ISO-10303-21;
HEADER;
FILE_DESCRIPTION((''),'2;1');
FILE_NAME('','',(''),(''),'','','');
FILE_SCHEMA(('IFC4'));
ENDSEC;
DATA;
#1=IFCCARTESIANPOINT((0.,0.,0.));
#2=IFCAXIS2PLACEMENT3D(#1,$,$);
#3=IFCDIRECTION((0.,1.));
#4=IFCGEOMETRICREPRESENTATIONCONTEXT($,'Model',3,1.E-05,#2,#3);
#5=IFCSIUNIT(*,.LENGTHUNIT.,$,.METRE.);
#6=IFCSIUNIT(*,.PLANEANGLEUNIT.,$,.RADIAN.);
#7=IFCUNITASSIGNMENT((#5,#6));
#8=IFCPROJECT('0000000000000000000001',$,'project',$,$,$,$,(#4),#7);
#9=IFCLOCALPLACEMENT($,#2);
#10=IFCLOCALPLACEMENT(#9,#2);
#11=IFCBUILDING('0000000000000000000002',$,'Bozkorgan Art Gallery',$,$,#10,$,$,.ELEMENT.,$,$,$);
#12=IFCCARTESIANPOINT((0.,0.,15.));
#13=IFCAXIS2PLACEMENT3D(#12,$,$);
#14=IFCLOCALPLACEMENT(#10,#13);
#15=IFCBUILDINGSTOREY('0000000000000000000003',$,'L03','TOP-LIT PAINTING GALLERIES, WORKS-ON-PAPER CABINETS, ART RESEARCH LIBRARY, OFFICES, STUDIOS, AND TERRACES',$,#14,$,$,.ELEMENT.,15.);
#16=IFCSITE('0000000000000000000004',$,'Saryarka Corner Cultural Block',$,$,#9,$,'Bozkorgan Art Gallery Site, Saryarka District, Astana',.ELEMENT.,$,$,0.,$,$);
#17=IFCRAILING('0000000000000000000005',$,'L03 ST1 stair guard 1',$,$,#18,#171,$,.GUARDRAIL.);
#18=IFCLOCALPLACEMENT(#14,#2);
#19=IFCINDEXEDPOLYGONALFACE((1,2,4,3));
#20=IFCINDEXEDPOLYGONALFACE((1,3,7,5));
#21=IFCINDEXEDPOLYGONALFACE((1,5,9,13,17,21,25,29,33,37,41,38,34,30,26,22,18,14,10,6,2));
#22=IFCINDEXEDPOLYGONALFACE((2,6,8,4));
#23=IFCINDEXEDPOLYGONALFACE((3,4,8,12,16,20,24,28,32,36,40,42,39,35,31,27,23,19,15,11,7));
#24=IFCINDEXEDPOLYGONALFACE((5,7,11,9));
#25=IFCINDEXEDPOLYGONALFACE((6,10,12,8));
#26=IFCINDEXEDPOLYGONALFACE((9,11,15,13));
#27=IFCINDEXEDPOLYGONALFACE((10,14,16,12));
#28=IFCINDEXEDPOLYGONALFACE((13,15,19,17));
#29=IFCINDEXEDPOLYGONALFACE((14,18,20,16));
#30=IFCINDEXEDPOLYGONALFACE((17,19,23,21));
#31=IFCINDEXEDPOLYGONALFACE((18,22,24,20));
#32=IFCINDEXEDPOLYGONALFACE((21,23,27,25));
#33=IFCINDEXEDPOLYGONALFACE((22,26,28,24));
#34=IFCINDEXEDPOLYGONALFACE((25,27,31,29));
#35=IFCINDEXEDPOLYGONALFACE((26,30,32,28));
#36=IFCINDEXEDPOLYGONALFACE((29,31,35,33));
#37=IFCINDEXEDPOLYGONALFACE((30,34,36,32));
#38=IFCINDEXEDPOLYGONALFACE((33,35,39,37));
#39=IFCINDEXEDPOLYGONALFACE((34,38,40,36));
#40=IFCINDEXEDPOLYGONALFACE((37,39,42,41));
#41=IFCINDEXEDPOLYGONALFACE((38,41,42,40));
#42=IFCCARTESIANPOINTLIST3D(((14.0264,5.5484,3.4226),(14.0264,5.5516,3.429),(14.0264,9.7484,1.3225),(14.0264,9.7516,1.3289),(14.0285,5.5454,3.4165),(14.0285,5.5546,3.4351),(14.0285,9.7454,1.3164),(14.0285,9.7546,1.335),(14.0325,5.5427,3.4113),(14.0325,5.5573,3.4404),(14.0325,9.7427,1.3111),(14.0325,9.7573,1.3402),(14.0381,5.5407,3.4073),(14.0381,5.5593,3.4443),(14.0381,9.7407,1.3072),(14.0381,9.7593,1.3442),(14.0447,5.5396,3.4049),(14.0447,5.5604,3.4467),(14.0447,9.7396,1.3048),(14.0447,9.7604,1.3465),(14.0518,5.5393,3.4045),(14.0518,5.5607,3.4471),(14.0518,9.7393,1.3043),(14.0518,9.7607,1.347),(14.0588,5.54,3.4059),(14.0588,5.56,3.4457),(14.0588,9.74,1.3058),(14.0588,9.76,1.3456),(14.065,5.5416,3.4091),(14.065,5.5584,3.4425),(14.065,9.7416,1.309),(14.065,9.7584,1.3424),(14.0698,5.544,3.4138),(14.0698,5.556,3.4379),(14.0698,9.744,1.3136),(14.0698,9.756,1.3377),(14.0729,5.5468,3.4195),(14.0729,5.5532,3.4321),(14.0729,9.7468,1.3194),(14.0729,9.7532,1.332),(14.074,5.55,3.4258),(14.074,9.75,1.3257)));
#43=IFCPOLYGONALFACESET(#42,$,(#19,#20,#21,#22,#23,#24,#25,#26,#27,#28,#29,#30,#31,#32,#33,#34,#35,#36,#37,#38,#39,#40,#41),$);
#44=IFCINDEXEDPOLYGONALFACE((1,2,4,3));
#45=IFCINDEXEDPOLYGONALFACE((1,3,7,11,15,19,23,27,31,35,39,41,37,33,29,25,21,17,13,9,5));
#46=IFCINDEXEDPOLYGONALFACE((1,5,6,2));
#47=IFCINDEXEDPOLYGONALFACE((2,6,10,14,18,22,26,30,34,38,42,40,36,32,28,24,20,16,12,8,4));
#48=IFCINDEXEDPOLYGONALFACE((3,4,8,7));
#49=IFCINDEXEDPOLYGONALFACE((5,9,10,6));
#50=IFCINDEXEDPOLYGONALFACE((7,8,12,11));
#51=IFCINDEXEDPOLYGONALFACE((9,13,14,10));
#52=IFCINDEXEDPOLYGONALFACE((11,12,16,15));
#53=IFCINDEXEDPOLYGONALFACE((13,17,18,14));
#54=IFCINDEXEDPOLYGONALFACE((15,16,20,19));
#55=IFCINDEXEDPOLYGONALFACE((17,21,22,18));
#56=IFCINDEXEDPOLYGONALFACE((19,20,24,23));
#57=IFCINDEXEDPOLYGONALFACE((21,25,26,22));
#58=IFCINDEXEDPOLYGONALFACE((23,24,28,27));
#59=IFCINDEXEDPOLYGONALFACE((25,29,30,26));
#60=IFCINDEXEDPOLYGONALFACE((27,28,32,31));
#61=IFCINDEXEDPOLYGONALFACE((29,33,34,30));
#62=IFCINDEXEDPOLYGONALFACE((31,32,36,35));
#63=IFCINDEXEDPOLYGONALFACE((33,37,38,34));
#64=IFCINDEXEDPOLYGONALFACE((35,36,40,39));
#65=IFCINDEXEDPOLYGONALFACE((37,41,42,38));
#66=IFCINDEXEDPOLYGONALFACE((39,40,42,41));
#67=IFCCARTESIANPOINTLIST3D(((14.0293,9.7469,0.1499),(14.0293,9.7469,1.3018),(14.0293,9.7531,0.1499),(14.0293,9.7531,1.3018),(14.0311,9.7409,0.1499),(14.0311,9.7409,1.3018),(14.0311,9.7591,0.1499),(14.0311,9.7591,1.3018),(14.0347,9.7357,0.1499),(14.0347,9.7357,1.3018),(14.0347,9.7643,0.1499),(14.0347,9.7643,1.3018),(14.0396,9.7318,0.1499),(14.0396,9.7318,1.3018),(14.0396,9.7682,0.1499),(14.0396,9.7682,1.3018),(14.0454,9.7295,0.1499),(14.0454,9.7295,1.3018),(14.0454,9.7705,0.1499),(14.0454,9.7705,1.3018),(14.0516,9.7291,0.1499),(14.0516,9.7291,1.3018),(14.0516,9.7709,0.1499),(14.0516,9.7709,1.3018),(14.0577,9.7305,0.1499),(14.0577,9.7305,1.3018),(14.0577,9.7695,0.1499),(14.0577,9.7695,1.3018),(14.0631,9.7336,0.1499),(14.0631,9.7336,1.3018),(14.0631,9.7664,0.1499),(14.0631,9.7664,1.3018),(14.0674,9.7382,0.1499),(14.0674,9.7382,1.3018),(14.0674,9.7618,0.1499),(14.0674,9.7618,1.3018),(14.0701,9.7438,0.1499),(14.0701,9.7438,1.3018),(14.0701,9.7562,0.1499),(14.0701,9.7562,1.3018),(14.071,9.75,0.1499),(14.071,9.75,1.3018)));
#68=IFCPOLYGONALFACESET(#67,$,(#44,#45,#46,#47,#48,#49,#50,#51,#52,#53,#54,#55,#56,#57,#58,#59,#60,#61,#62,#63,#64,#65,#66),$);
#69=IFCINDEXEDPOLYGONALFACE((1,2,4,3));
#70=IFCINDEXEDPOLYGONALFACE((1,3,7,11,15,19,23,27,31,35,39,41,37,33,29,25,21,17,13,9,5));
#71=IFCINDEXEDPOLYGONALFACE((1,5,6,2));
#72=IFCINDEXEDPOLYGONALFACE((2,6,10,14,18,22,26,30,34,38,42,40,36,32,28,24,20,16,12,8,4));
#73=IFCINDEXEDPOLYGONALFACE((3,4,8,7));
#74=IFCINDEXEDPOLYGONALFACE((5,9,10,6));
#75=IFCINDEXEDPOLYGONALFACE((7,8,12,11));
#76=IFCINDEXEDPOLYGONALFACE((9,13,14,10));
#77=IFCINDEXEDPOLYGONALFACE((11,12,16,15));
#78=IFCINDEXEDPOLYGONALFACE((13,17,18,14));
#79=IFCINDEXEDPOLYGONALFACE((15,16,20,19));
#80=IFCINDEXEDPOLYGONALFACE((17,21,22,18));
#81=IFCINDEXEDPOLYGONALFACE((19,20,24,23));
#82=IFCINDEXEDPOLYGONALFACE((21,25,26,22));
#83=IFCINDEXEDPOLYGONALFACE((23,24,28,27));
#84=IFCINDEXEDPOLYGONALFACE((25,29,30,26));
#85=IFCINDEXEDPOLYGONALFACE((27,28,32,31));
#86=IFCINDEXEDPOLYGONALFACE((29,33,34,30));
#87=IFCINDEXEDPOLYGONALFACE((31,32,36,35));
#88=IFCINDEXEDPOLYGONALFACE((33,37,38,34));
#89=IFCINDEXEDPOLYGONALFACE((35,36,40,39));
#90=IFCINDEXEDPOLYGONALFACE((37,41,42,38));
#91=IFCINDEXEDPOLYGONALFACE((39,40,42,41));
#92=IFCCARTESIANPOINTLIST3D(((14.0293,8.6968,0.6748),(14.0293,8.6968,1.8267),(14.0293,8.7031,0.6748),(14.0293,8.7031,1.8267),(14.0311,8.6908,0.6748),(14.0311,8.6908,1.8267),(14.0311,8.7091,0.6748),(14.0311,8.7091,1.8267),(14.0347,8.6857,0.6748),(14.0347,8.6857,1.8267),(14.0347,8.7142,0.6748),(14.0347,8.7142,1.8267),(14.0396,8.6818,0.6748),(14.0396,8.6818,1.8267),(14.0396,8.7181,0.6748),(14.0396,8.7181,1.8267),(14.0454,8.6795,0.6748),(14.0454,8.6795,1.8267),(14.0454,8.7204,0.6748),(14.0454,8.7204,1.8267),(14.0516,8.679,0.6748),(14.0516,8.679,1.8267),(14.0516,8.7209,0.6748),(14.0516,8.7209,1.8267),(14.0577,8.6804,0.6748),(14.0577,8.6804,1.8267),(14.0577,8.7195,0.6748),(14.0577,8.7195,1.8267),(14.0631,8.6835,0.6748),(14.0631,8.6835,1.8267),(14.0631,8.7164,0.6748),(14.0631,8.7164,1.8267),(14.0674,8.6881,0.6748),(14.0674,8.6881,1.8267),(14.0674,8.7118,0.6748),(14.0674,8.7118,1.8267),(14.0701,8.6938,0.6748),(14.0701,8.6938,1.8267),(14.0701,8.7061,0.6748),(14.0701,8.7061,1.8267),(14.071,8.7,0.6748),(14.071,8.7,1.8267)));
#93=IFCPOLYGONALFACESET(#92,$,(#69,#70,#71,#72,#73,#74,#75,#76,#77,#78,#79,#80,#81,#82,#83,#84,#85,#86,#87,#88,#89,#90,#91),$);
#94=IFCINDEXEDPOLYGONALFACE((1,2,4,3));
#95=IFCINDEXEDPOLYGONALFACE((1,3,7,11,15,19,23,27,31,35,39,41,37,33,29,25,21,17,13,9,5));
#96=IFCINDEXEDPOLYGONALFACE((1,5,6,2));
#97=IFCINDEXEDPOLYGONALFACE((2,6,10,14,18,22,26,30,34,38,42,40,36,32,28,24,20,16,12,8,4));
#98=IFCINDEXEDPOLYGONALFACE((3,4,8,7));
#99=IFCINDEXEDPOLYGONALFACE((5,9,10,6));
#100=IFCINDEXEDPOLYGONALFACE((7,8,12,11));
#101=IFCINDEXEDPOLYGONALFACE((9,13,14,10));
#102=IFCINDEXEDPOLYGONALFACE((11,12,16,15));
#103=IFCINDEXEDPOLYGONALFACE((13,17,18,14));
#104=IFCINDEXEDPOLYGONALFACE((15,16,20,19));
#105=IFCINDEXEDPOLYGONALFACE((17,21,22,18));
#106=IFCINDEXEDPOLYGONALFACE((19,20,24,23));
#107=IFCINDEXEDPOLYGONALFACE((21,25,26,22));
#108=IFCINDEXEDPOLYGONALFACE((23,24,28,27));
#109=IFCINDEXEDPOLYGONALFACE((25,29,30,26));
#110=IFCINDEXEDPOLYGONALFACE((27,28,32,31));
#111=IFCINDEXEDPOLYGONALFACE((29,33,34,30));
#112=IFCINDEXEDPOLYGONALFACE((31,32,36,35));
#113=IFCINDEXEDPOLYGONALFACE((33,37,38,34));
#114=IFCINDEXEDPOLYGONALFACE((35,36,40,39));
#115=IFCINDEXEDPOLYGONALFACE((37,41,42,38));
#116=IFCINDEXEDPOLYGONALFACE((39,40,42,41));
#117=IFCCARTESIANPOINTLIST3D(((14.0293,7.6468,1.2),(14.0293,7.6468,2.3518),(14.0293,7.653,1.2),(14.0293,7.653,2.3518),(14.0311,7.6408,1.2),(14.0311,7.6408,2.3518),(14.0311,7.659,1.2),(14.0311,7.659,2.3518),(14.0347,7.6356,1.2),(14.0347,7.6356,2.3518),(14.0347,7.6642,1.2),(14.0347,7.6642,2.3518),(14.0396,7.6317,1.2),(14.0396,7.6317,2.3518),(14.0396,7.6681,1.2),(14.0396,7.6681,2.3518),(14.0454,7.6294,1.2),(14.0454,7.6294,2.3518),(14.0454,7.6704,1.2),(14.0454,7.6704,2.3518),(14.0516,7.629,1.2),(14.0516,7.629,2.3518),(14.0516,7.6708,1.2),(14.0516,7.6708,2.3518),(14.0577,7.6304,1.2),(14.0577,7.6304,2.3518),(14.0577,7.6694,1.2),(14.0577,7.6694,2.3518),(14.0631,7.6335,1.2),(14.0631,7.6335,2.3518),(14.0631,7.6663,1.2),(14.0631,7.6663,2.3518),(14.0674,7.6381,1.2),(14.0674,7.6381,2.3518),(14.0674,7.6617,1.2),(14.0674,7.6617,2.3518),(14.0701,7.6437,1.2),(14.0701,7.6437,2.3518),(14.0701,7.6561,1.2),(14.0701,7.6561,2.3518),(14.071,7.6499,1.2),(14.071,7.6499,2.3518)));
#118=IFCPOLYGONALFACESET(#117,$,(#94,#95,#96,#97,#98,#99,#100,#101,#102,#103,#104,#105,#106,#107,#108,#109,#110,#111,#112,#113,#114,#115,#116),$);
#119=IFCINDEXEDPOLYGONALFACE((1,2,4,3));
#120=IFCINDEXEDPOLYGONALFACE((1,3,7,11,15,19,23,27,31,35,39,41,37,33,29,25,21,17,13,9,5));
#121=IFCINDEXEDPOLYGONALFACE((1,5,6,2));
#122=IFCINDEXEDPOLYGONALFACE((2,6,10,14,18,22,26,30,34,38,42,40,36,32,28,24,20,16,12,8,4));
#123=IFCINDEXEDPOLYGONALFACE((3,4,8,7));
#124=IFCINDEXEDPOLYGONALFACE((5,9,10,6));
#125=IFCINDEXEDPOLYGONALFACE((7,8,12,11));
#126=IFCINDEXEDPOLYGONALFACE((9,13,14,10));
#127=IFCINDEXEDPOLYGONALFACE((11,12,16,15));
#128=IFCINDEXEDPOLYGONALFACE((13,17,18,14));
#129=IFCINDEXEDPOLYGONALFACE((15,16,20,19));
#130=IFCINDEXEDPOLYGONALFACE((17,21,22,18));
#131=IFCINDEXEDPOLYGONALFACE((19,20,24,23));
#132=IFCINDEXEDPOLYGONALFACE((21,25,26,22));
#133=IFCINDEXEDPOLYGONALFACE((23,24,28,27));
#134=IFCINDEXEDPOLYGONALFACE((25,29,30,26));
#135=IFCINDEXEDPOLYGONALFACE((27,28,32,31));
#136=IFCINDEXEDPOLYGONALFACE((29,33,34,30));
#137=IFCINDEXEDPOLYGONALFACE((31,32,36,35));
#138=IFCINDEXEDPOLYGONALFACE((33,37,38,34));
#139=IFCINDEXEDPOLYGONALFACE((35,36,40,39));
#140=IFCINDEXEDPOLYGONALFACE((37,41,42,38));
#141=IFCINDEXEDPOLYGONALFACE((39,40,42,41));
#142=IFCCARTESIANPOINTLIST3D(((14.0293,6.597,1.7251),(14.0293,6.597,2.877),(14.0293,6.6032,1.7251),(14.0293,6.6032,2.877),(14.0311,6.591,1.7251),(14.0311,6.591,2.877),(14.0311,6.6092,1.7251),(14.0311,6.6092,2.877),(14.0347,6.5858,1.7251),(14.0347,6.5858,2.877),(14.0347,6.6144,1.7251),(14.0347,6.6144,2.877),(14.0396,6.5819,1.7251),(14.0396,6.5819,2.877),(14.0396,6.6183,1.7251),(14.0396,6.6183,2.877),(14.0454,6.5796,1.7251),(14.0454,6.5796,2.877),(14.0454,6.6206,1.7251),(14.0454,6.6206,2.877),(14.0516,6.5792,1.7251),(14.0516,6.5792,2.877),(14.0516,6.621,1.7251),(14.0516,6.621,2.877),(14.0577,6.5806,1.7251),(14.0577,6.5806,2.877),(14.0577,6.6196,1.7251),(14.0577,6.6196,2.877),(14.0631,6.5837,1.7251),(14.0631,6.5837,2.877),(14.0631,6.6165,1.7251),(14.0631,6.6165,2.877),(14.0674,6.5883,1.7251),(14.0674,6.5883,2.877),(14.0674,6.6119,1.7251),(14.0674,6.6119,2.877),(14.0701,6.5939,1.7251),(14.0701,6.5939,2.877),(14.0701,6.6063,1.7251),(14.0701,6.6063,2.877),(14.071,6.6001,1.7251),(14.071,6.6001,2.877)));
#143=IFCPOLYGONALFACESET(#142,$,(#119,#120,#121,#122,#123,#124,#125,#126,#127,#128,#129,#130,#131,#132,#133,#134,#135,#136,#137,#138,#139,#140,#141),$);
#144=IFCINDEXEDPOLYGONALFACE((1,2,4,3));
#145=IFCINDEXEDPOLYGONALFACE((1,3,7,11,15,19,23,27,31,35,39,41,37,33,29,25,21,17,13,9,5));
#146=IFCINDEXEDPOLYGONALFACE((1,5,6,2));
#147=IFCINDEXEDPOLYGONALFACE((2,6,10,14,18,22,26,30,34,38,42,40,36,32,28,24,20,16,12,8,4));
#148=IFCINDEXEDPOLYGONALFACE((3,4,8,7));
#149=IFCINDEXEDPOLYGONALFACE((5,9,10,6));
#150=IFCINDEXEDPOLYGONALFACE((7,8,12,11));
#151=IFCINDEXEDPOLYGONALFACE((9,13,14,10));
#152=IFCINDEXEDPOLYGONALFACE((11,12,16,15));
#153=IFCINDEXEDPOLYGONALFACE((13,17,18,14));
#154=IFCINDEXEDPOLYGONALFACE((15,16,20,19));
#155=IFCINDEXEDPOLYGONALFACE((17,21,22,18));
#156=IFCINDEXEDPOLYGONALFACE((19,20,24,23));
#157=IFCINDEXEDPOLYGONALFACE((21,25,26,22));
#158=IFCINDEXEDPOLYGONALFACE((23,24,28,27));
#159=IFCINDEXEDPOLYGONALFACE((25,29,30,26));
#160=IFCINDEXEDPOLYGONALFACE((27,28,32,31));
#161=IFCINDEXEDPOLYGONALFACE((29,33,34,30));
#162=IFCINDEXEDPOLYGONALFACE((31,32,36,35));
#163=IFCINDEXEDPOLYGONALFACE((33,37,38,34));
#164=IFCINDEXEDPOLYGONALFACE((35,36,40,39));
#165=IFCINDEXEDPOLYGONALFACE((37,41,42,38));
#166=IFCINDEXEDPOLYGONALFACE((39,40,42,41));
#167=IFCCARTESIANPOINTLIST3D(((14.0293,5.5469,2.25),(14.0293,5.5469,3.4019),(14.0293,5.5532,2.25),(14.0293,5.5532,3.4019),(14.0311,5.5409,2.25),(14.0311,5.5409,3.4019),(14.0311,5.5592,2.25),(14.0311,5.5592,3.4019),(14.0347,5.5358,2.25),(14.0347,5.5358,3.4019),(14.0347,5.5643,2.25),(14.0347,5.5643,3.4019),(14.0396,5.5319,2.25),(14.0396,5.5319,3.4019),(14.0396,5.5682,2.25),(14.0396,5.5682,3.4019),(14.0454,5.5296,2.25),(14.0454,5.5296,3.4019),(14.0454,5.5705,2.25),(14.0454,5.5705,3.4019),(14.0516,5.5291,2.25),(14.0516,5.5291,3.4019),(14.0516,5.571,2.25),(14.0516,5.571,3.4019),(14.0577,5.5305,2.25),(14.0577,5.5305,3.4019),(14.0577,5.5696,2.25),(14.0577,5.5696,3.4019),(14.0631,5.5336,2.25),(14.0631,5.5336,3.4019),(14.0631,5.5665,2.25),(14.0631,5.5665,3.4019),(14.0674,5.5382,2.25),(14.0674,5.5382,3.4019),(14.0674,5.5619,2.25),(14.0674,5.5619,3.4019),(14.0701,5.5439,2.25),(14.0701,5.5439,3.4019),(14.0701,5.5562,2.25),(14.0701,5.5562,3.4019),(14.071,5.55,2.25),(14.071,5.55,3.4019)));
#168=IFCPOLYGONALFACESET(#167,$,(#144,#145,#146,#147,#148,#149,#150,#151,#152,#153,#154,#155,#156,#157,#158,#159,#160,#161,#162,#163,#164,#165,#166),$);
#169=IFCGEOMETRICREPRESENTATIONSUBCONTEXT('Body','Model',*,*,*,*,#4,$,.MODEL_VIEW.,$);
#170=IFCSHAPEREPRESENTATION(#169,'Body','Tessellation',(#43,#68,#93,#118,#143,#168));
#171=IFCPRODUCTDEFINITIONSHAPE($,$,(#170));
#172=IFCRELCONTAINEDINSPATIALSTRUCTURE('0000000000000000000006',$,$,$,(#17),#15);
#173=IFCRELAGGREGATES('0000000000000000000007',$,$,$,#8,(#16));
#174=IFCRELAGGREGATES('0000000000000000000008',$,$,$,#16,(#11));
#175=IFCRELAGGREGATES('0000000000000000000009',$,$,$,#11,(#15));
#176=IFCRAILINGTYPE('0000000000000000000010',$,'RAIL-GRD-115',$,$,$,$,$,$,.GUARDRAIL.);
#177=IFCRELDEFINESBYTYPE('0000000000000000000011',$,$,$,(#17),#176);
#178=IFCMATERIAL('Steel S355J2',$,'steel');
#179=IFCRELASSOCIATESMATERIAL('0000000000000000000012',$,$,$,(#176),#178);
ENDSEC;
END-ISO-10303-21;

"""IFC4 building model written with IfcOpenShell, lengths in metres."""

from ifc_helpers import new_model, si_unit, direction, frame, origin, origin_2d, place, context, subcontext, project, spatial, circle, extrude, material, type_object, element, save


model = new_model("IFC4")

# Units and contexts
model_context = context("Model", 3, precision=1e-05, world=origin(), true_north=direction((0.0, 1.0)))
body_context = subcontext(model_context, "Body", "Model", "MODEL_VIEW")
ifc_project = project(units=[si_unit("LENGTHUNIT", "METRE"), si_unit("PLANEANGLEUNIT", "RADIAN")], contexts=[model_context])

# Site, building, storey
site_placement = place(None, origin())
site = spatial("IfcSite", under=ifc_project, at=site_placement, Name="Saryarka Corner Cultural Block", LongName="Bozkorgan Art Gallery Site, Saryarka District, Astana", CompositionType="ELEMENT", RefElevation=0.0)
building_placement = place(site_placement, origin())
building = spatial("IfcBuilding", under=site, at=building_placement, Name="Bozkorgan Art Gallery", CompositionType="ELEMENT")
storey_placement = place(building_placement, frame((0.0, 0.0, 15.0)))
storey = spatial("IfcBuildingStorey", under=building, at=storey_placement, Name="L03", Description="TOP-LIT PAINTING GALLERIES, WORKS-ON-PAPER CABINETS, ART RESEARCH LIBRARY, OFFICES, STUDIOS, AND TERRACES", CompositionType="ELEMENT", Elevation=15.0)

# Shared definitions
ifc_material_1 = material(Name="Steel S355J2", Category="steel")

# Railing
railing_type_1 = type_object("IfcRailingType", Name="RAIL-GRD-115", PredefinedType="GUARDRAIL", material=ifc_material_1)
railing_1_placement = place(storey_placement, frame((14.05, 9.75, 0.1499)))
element("IfcRailing", 1, at=railing_1_placement, inside=storey, type_object=railing_type_1, Name="L03 ST1 stair guard 1", PredefinedType="GUARDRAIL", context=body_context, shape_type="SweptSolid", body=[
    extrude(circle(Radius=0.0239, at=origin_2d()), frame((0.0, 0.0, 1.1758), z_axis=(0.0, -0.894417, 0.447234), x_axis=(1.0, 0.0, 0.0)), (0.0, 0.0, 1.0), 4.6958),
    extrude(circle(Radius=0.021, at=origin_2d()), origin(), (0.0, 0.0, 1.0), 1.1519),
    extrude(circle(Radius=0.021, at=origin_2d()), frame((0.0, -1.05, 0.5249)), (0.0, 0.0, 1.0), 1.1519),
    extrude(circle(Radius=0.021, at=origin_2d()), frame((0.0, -2.1001, 1.05)), (0.0, 0.0, 1.0), 1.1519),
    extrude(circle(Radius=0.021, at=origin_2d()), frame((0.0, -3.1499, 1.5752)), (0.0, 0.0, 1.0), 1.1519),
    extrude(circle(Radius=0.021, at=origin_2d()), frame((0.0, -4.2, 2.1001)), (0.0, 0.0, 1.0), 1.1519),
])

save(model, "model.ifc")
